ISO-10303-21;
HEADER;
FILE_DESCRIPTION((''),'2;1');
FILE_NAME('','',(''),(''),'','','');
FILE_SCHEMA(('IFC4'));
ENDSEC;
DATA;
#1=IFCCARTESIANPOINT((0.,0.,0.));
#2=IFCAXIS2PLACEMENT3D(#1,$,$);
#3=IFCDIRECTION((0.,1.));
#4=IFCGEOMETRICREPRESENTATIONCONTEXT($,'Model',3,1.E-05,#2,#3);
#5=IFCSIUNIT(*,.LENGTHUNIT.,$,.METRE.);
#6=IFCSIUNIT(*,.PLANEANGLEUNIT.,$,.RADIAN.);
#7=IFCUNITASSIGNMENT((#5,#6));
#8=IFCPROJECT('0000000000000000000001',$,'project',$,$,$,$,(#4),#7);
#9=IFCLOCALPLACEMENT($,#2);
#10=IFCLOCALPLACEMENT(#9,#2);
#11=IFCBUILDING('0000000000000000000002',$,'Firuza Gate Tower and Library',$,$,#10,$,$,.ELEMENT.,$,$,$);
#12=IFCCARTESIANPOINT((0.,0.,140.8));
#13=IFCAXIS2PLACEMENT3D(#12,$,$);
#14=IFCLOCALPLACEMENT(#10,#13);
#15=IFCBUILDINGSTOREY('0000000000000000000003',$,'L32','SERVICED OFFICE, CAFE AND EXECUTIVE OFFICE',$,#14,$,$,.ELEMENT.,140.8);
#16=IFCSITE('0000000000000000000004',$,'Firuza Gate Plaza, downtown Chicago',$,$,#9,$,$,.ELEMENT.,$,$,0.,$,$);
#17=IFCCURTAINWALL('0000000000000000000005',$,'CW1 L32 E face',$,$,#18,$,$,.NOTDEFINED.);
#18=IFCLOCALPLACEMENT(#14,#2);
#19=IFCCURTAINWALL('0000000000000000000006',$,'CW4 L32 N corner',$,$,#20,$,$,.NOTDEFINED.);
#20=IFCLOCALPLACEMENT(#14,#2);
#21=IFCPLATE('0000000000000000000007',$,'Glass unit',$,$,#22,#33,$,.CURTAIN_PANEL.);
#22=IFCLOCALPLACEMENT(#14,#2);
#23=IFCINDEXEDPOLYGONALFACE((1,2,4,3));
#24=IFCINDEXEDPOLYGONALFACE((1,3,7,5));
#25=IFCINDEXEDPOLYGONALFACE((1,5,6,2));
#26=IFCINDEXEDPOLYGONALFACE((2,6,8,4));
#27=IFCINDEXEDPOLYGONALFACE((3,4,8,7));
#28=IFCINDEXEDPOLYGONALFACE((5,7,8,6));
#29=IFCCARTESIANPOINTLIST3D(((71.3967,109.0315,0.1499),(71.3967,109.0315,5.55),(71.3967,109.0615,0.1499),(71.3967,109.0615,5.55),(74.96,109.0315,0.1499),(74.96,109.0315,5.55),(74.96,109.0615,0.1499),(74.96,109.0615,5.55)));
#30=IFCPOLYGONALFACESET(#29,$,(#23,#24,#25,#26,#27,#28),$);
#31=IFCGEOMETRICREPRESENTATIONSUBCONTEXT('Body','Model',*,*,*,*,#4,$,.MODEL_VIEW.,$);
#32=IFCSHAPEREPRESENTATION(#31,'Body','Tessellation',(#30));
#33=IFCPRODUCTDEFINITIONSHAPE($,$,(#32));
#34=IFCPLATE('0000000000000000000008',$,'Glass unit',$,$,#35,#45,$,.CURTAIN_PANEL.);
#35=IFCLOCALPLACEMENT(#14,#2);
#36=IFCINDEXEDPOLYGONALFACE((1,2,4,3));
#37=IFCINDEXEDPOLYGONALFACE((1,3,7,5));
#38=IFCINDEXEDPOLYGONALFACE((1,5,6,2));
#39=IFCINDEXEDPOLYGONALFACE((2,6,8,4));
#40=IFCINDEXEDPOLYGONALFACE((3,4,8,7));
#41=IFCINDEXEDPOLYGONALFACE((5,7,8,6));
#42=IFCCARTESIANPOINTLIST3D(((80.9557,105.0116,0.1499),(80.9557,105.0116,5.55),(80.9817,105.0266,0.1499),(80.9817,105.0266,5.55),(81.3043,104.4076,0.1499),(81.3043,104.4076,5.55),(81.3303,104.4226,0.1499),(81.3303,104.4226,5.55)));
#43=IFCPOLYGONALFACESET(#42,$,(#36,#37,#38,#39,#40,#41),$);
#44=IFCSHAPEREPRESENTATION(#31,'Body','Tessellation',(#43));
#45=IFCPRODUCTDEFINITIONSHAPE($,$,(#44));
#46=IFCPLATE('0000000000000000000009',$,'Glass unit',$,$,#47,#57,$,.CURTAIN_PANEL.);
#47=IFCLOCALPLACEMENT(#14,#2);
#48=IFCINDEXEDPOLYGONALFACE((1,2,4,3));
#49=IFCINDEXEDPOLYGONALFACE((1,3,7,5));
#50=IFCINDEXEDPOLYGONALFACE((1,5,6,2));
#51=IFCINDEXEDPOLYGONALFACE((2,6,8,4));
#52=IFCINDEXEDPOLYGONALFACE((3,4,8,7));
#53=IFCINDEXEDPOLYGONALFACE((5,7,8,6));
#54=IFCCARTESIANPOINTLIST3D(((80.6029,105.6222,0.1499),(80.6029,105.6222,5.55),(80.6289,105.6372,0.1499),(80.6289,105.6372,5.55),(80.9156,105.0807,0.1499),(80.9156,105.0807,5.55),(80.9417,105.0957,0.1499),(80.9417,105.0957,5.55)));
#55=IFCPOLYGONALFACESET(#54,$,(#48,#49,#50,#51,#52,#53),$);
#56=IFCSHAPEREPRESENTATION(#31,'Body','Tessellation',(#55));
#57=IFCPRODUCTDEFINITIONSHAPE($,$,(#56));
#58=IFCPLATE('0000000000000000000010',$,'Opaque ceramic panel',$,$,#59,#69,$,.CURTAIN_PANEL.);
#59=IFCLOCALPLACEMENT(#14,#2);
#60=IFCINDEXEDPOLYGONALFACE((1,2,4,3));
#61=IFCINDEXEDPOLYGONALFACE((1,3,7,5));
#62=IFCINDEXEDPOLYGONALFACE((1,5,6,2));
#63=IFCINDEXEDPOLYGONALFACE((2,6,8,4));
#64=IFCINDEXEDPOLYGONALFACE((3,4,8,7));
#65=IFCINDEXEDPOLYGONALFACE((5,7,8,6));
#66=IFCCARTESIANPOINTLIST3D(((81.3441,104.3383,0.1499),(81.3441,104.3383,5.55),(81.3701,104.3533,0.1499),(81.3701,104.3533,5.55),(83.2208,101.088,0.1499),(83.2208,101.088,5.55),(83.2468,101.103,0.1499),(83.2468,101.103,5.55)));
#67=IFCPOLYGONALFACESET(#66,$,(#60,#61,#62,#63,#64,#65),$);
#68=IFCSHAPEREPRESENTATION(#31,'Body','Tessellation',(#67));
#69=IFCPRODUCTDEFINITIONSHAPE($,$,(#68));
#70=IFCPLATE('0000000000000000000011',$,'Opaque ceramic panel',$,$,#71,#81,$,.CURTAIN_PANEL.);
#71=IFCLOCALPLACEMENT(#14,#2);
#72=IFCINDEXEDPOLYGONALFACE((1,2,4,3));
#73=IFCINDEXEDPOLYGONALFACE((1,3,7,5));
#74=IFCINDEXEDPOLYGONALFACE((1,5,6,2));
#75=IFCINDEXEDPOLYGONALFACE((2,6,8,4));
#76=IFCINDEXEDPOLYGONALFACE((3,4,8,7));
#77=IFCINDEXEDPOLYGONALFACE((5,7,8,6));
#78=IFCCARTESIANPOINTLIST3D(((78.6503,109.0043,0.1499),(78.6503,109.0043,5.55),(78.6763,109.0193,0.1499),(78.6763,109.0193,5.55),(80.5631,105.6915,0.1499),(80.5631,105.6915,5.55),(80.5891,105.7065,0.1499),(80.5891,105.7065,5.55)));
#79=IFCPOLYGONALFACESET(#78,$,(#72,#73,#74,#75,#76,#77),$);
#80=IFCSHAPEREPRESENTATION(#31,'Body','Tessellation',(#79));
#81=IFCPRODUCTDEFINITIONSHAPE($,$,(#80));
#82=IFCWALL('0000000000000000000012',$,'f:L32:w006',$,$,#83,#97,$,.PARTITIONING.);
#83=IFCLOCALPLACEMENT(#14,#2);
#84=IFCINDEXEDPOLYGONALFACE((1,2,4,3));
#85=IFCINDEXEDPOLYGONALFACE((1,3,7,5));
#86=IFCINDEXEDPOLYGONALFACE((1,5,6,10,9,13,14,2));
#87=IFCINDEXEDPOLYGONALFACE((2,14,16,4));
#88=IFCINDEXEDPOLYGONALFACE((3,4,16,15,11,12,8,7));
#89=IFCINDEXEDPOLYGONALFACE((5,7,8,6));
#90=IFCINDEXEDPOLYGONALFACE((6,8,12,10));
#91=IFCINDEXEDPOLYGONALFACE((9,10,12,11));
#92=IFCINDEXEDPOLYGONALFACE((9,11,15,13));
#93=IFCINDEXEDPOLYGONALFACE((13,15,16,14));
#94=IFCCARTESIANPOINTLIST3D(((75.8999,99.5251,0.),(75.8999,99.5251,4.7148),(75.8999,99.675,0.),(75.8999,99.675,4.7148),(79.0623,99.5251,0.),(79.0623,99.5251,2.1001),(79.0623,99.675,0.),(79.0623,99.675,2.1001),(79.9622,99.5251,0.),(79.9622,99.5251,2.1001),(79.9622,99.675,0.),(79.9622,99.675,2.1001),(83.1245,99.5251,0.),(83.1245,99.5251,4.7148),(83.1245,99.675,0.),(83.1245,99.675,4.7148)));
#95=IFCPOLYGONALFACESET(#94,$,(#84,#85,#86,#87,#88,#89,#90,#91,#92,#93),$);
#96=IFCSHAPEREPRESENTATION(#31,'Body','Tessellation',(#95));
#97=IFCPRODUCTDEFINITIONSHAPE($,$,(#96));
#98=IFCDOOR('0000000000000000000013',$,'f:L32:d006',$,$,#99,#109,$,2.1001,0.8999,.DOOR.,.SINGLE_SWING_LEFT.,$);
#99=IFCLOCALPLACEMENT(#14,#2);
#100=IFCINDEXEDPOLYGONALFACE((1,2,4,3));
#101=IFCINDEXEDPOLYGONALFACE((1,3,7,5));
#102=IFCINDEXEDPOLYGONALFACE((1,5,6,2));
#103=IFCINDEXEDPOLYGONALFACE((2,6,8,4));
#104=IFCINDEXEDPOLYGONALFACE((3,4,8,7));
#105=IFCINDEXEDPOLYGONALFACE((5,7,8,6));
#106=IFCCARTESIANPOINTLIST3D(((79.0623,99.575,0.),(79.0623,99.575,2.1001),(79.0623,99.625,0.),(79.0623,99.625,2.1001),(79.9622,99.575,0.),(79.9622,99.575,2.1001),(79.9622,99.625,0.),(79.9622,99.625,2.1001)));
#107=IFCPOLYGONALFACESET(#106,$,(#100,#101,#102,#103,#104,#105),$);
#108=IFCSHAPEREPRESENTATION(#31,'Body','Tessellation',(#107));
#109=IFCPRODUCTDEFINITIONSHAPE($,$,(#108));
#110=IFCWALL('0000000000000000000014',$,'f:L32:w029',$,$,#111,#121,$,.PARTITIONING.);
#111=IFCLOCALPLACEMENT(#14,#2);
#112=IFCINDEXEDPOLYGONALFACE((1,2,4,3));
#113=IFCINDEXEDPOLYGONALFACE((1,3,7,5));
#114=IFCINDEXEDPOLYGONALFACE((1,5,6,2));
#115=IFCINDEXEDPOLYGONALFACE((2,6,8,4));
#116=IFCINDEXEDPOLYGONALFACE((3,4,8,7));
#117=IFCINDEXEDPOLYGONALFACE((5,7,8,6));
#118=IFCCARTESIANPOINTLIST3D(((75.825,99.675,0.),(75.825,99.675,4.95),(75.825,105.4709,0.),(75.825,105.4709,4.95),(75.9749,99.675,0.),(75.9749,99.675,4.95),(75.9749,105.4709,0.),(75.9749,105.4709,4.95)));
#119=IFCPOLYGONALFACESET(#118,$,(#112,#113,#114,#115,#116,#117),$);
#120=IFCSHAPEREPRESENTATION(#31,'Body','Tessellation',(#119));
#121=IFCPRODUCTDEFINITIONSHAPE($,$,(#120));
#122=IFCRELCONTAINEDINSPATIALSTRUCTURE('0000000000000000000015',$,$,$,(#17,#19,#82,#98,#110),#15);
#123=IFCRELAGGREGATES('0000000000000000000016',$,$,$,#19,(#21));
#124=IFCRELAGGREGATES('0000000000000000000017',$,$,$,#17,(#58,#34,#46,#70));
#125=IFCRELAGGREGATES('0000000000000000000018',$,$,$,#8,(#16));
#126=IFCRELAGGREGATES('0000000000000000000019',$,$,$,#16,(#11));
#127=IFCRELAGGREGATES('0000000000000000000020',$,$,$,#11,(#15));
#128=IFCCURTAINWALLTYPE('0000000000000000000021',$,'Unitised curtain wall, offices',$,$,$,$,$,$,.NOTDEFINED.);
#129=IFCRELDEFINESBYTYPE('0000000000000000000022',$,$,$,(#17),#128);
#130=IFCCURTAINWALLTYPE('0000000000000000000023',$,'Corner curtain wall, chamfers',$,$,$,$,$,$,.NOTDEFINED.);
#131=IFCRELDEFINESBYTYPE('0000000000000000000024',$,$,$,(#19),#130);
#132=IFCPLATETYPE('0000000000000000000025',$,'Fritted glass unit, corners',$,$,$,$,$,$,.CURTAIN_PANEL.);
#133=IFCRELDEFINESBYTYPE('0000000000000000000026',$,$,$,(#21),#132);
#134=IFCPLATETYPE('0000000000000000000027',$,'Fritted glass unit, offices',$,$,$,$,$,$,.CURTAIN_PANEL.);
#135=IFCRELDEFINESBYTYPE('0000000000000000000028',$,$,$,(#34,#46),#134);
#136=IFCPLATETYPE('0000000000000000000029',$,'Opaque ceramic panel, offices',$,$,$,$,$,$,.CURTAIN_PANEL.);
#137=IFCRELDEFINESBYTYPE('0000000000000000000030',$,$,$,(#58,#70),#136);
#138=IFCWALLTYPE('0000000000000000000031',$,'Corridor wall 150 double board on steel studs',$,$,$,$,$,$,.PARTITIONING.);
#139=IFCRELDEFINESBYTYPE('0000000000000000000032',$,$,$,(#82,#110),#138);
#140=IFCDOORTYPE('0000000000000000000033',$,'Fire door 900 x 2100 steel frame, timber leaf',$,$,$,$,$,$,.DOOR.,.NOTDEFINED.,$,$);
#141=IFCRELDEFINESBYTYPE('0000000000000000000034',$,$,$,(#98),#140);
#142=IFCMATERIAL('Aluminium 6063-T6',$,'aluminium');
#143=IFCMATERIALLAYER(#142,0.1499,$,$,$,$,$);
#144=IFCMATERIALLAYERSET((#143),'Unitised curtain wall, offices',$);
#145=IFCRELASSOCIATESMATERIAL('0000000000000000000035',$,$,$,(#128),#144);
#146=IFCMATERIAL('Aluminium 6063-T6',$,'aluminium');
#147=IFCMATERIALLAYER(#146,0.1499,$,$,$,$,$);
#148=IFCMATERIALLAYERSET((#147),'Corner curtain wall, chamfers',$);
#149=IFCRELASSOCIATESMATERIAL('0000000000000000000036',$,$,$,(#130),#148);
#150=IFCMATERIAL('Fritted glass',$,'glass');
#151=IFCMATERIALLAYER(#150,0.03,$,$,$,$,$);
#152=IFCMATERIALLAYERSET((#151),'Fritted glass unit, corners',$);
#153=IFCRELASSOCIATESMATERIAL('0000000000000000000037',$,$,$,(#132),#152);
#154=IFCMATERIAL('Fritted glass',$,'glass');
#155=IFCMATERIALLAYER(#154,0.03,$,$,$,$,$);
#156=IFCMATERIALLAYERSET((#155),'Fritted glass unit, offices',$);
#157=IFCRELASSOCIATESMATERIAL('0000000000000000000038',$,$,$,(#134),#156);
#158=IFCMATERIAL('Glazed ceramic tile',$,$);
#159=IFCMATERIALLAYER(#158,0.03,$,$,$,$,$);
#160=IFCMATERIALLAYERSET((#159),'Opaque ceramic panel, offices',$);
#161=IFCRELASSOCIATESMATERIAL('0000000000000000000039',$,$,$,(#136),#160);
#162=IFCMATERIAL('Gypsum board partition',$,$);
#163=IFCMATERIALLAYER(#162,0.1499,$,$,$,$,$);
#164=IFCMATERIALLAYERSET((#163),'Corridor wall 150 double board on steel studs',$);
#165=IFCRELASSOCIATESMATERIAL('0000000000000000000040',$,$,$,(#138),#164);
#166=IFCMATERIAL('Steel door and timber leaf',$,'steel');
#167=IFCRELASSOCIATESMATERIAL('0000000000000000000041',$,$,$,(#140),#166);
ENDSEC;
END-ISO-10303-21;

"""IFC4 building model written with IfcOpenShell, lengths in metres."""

from ifc_helpers import new_model, si_unit, direction, frame, frame_2d, origin, place, context, subcontext, project, spatial, polyline, rectangle, outline, extrude, material, layer, layer_set, type_object, element, fill, aggregate, save


model = new_model("IFC4")

# Units and contexts
model_context = context("Model", 3, precision=1e-05, world=origin(), true_north=direction((0.0, 1.0)))
body_context = subcontext(model_context, "Body", "Model", "MODEL_VIEW")
ifc_project = project(units=[si_unit("LENGTHUNIT", "METRE"), si_unit("PLANEANGLEUNIT", "RADIAN")], contexts=[model_context])

# Site, building, storey
site_placement = place(None, origin())
site = spatial("IfcSite", under=ifc_project, at=site_placement, Name="Firuza Gate Plaza, downtown Chicago", CompositionType="ELEMENT", RefElevation=0.0)
building_placement = place(site_placement, origin())
building = spatial("IfcBuilding", under=site, at=building_placement, Name="Firuza Gate Tower and Library", CompositionType="ELEMENT")
storey_placement = place(building_placement, frame((0.0, 0.0, 140.8)))
storey = spatial("IfcBuildingStorey", under=building, at=storey_placement, Name="L32", Description="SERVICED OFFICE, CAFE AND EXECUTIVE OFFICE", CompositionType="ELEMENT", Elevation=140.8)

# Curtain walls
ifc_material_1 = material(Name="Aluminium 6063-T6", Category="aluminium")
ifc_layer_1 = layer(ifc_material_1, 0.1499)
ifc_layer_set_1 = layer_set([ifc_layer_1], Name="Unitised curtain wall, offices")
curtain_wall_type_1 = type_object("IfcCurtainWallType", Name="Unitised curtain wall, offices", PredefinedType="NOTDEFINED", material=ifc_layer_set_1)
placement = place(storey_placement, origin())
curtain_wall_1 = element("IfcCurtainWall", 1, at=placement, inside=storey, type_object=curtain_wall_type_1, Name="CW1 L32 E face", PredefinedType="NOTDEFINED")
ifc_material_2 = material(Name="Aluminium 6063-T6", Category="aluminium")
ifc_layer_2 = layer(ifc_material_2, 0.1499)
ifc_layer_set_2 = layer_set([ifc_layer_2], Name="Corner curtain wall, chamfers")
curtain_wall_type_2 = type_object("IfcCurtainWallType", Name="Corner curtain wall, chamfers", PredefinedType="NOTDEFINED", material=ifc_layer_set_2)
curtain_wall_2 = element("IfcCurtainWall", 2, at=placement, inside=storey, type_object=curtain_wall_type_2, Name="CW4 L32 N corner", PredefinedType="NOTDEFINED")

# Plates
ifc_material_3 = material(Name="Fritted glass", Category="glass")
ifc_layer_3 = layer(ifc_material_3, 0.03)
ifc_layer_set_3 = layer_set([ifc_layer_3], Name="Fritted glass unit, corners")
plate_type_1 = type_object("IfcPlateType", Name="Fritted glass unit, corners", PredefinedType="CURTAIN_PANEL", material=ifc_layer_set_3)
plate_1_placement = place(storey_placement, frame((74.96, 109.0615, 0.1499), z_axis=(0.0, 1.0, 0.0), x_axis=(-1.0, 0.0, 0.0)))
plate_1 = element("IfcPlate", 3, at=plate_1_placement, type_object=plate_type_1, Name="Glass unit", PredefinedType="CURTAIN_PANEL", context=body_context, shape_type="SweptSolid", body=[
    extrude(outline(polyline([(0.0, 0.0), (3.5632, 0.0), (3.5632, 5.4001), (0.0, 5.4001), (0.0, 0.0)])), origin(), (0.0, 0.0, -1.0), 0.03),
])
aggregate(curtain_wall_2, [plate_1])
ifc_material_4 = material(Name="Fritted glass", Category="glass")
ifc_layer_4 = layer(ifc_material_4, 0.03)
ifc_layer_set_4 = layer_set([ifc_layer_4], Name="Fritted glass unit, offices")
plate_type_2 = type_object("IfcPlateType", Name="Fritted glass unit, offices", PredefinedType="CURTAIN_PANEL", material=ifc_layer_set_4)
plate_2_placement = place(storey_placement, frame((81.3303, 104.4226, 0.1499), z_axis=(0.866081, 0.499904, 0.0), x_axis=(-0.499904, 0.866081, 0.0)))
plate_2 = element("IfcPlate", 4, at=plate_2_placement, type_object=plate_type_2, Name="Glass unit", PredefinedType="CURTAIN_PANEL", context=body_context, shape_type="SweptSolid", body=[
    extrude(outline(polyline([(0.0, 0.0), (0.6974, 0.0), (0.6974, 5.4001), (0.0, 5.4001), (0.0, 0.0)])), origin(), (0.0, 0.0, -1.0), 0.03),
])
plate_3_placement = place(storey_placement, frame((80.9417, 105.0957, 0.1499), z_axis=(0.865951, 0.500128, 0.0), x_axis=(-0.500128, 0.865951, 0.0)))
plate_3 = element("IfcPlate", 5, at=plate_3_placement, type_object=plate_type_2, Name="Glass unit", PredefinedType="CURTAIN_PANEL", context=body_context, shape_type="SweptSolid", body=[
    extrude(outline(polyline([(0.0, 0.0), (0.6253, 0.0), (0.6253, 5.4001), (0.0, 5.4001), (0.0, 0.0)])), origin(), (0.0, 0.0, -1.0), 0.03),
])
ifc_material_5 = material(Name="Glazed ceramic tile")
ifc_layer_5 = layer(ifc_material_5, 0.03)
ifc_layer_set_5 = layer_set([ifc_layer_5], Name="Opaque ceramic panel, offices")
plate_type_3 = type_object("IfcPlateType", Name="Opaque ceramic panel, offices", PredefinedType="CURTAIN_PANEL", material=ifc_layer_set_5)
plate_4_placement = place(storey_placement, frame((83.2468, 101.103, 0.1499), z_axis=(0.866005, 0.500036, 0.0), x_axis=(-0.500036, 0.866005, 0.0)))
plate_4 = element("IfcPlate", 6, at=plate_4_placement, type_object=plate_type_3, Name="Opaque ceramic panel", PredefinedType="CURTAIN_PANEL", context=body_context, shape_type="SweptSolid", body=[
    extrude(outline(polyline([(0.0, 0.0), (3.7531, 0.0), (3.7531, 5.4001), (0.0, 5.4001), (0.0, 0.0)])), origin(), (0.0, 0.0, -1.0), 0.03),
])
plate_5_placement = place(storey_placement, frame((80.5891, 105.7065, 0.1499), z_axis=(0.866, 0.500045, 0.0), x_axis=(-0.500045, 0.866, 0.0)))
plate_5 = element("IfcPlate", 7, at=plate_5_placement, type_object=plate_type_3, Name="Opaque ceramic panel", PredefinedType="CURTAIN_PANEL", context=body_context, shape_type="SweptSolid", body=[
    extrude(outline(polyline([(0.0, 0.0), (3.8253, 0.0), (3.8253, 5.4001), (0.0, 5.4001), (0.0, 0.0)])), origin(), (0.0, 0.0, -1.0), 0.03),
])
aggregate(curtain_wall_1, [plate_4, plate_2, plate_3, plate_5])

# Wall, opening, door
ifc_material_6 = material(Name="Gypsum board partition")
ifc_layer_6 = layer(ifc_material_6, 0.1499)
ifc_layer_set_6 = layer_set([ifc_layer_6], Name="Corridor wall 150 double board on steel studs")
wall_type = type_object("IfcWallType", Name="Corridor wall 150 double board on steel studs", PredefinedType="PARTITIONING", material=ifc_layer_set_6)
wall_1_placement = place(storey_placement, frame((75.8999, 99.6001, 0.0), z_axis=(0.0, 0.0, 1.0), x_axis=(1.0, 0.0, 0.0)))
wall_1 = element("IfcWall", 8, at=wall_1_placement, inside=storey, type_object=wall_type, Name="f:L32:w006", PredefinedType="PARTITIONING", context=body_context, shape_type="SweptSolid", body=[
    extrude(rectangle(XDim=7.2246, YDim=0.1499, at=frame_2d((3.6123, 0.0))), origin(), (0.0, 0.0, 1.0), 4.7148),
])
opening_placement = place(wall_1_placement, frame((3.1624, 0.0, 0.0)))
opening = element("IfcOpeningElement", 9, at=opening_placement, cuts=wall_1, PredefinedType="OPENING", context=body_context, shape_type="SweptSolid", body=[
    extrude(rectangle(XDim=0.8999, YDim=2.1001, at=frame_2d((0.45, 1.05))), frame((0.0, 0.085, 0.0), z_axis=(0.0, -1.0, 0.0), x_axis=(1.0, 0.0, 0.0)), (0.0, 0.0, 1.0), 0.1699),
])
ifc_material_7 = material(Name="Steel door and timber leaf", Category="steel")
door_type = type_object("IfcDoorType", Name="Fire door 900 x 2100 steel frame, timber leaf", OperationType="NOTDEFINED", PredefinedType="DOOR", material=ifc_material_7)
door_placement = place(opening_placement, origin())
door = element("IfcDoor", 10, at=door_placement, inside=storey, type_object=door_type, Name="f:L32:d006", OperationType="SINGLE_SWING_LEFT", OverallHeight=2.1001, OverallWidth=0.8999, PredefinedType="DOOR", context=body_context, shape_type="SweptSolid", body=[
    extrude(rectangle(XDim=0.8999, YDim=2.1001, at=frame_2d((0.45, 1.05))), frame((0.0, 0.0249, 0.0), z_axis=(0.0, -1.0, 0.0), x_axis=(1.0, 0.0, 0.0)), (0.0, 0.0, 1.0), 0.05),
])
fill(opening, door)

# Wall
wall_2_placement = place(storey_placement, frame((75.8999, 99.675, 0.0), z_axis=(0.0, 0.0, 1.0), x_axis=(0.0, 1.0, 0.0)))
element("IfcWall", 11, at=wall_2_placement, inside=storey, type_object=wall_type, Name="f:L32:w029", PredefinedType="PARTITIONING", context=body_context, shape_type="SweptSolid", body=[
    extrude(rectangle(XDim=5.7959, YDim=0.1499, at=frame_2d((2.8979, 0.0))), origin(), (0.0, 0.0, 1.0), 4.95),
])

save(model, "model.ifc")
